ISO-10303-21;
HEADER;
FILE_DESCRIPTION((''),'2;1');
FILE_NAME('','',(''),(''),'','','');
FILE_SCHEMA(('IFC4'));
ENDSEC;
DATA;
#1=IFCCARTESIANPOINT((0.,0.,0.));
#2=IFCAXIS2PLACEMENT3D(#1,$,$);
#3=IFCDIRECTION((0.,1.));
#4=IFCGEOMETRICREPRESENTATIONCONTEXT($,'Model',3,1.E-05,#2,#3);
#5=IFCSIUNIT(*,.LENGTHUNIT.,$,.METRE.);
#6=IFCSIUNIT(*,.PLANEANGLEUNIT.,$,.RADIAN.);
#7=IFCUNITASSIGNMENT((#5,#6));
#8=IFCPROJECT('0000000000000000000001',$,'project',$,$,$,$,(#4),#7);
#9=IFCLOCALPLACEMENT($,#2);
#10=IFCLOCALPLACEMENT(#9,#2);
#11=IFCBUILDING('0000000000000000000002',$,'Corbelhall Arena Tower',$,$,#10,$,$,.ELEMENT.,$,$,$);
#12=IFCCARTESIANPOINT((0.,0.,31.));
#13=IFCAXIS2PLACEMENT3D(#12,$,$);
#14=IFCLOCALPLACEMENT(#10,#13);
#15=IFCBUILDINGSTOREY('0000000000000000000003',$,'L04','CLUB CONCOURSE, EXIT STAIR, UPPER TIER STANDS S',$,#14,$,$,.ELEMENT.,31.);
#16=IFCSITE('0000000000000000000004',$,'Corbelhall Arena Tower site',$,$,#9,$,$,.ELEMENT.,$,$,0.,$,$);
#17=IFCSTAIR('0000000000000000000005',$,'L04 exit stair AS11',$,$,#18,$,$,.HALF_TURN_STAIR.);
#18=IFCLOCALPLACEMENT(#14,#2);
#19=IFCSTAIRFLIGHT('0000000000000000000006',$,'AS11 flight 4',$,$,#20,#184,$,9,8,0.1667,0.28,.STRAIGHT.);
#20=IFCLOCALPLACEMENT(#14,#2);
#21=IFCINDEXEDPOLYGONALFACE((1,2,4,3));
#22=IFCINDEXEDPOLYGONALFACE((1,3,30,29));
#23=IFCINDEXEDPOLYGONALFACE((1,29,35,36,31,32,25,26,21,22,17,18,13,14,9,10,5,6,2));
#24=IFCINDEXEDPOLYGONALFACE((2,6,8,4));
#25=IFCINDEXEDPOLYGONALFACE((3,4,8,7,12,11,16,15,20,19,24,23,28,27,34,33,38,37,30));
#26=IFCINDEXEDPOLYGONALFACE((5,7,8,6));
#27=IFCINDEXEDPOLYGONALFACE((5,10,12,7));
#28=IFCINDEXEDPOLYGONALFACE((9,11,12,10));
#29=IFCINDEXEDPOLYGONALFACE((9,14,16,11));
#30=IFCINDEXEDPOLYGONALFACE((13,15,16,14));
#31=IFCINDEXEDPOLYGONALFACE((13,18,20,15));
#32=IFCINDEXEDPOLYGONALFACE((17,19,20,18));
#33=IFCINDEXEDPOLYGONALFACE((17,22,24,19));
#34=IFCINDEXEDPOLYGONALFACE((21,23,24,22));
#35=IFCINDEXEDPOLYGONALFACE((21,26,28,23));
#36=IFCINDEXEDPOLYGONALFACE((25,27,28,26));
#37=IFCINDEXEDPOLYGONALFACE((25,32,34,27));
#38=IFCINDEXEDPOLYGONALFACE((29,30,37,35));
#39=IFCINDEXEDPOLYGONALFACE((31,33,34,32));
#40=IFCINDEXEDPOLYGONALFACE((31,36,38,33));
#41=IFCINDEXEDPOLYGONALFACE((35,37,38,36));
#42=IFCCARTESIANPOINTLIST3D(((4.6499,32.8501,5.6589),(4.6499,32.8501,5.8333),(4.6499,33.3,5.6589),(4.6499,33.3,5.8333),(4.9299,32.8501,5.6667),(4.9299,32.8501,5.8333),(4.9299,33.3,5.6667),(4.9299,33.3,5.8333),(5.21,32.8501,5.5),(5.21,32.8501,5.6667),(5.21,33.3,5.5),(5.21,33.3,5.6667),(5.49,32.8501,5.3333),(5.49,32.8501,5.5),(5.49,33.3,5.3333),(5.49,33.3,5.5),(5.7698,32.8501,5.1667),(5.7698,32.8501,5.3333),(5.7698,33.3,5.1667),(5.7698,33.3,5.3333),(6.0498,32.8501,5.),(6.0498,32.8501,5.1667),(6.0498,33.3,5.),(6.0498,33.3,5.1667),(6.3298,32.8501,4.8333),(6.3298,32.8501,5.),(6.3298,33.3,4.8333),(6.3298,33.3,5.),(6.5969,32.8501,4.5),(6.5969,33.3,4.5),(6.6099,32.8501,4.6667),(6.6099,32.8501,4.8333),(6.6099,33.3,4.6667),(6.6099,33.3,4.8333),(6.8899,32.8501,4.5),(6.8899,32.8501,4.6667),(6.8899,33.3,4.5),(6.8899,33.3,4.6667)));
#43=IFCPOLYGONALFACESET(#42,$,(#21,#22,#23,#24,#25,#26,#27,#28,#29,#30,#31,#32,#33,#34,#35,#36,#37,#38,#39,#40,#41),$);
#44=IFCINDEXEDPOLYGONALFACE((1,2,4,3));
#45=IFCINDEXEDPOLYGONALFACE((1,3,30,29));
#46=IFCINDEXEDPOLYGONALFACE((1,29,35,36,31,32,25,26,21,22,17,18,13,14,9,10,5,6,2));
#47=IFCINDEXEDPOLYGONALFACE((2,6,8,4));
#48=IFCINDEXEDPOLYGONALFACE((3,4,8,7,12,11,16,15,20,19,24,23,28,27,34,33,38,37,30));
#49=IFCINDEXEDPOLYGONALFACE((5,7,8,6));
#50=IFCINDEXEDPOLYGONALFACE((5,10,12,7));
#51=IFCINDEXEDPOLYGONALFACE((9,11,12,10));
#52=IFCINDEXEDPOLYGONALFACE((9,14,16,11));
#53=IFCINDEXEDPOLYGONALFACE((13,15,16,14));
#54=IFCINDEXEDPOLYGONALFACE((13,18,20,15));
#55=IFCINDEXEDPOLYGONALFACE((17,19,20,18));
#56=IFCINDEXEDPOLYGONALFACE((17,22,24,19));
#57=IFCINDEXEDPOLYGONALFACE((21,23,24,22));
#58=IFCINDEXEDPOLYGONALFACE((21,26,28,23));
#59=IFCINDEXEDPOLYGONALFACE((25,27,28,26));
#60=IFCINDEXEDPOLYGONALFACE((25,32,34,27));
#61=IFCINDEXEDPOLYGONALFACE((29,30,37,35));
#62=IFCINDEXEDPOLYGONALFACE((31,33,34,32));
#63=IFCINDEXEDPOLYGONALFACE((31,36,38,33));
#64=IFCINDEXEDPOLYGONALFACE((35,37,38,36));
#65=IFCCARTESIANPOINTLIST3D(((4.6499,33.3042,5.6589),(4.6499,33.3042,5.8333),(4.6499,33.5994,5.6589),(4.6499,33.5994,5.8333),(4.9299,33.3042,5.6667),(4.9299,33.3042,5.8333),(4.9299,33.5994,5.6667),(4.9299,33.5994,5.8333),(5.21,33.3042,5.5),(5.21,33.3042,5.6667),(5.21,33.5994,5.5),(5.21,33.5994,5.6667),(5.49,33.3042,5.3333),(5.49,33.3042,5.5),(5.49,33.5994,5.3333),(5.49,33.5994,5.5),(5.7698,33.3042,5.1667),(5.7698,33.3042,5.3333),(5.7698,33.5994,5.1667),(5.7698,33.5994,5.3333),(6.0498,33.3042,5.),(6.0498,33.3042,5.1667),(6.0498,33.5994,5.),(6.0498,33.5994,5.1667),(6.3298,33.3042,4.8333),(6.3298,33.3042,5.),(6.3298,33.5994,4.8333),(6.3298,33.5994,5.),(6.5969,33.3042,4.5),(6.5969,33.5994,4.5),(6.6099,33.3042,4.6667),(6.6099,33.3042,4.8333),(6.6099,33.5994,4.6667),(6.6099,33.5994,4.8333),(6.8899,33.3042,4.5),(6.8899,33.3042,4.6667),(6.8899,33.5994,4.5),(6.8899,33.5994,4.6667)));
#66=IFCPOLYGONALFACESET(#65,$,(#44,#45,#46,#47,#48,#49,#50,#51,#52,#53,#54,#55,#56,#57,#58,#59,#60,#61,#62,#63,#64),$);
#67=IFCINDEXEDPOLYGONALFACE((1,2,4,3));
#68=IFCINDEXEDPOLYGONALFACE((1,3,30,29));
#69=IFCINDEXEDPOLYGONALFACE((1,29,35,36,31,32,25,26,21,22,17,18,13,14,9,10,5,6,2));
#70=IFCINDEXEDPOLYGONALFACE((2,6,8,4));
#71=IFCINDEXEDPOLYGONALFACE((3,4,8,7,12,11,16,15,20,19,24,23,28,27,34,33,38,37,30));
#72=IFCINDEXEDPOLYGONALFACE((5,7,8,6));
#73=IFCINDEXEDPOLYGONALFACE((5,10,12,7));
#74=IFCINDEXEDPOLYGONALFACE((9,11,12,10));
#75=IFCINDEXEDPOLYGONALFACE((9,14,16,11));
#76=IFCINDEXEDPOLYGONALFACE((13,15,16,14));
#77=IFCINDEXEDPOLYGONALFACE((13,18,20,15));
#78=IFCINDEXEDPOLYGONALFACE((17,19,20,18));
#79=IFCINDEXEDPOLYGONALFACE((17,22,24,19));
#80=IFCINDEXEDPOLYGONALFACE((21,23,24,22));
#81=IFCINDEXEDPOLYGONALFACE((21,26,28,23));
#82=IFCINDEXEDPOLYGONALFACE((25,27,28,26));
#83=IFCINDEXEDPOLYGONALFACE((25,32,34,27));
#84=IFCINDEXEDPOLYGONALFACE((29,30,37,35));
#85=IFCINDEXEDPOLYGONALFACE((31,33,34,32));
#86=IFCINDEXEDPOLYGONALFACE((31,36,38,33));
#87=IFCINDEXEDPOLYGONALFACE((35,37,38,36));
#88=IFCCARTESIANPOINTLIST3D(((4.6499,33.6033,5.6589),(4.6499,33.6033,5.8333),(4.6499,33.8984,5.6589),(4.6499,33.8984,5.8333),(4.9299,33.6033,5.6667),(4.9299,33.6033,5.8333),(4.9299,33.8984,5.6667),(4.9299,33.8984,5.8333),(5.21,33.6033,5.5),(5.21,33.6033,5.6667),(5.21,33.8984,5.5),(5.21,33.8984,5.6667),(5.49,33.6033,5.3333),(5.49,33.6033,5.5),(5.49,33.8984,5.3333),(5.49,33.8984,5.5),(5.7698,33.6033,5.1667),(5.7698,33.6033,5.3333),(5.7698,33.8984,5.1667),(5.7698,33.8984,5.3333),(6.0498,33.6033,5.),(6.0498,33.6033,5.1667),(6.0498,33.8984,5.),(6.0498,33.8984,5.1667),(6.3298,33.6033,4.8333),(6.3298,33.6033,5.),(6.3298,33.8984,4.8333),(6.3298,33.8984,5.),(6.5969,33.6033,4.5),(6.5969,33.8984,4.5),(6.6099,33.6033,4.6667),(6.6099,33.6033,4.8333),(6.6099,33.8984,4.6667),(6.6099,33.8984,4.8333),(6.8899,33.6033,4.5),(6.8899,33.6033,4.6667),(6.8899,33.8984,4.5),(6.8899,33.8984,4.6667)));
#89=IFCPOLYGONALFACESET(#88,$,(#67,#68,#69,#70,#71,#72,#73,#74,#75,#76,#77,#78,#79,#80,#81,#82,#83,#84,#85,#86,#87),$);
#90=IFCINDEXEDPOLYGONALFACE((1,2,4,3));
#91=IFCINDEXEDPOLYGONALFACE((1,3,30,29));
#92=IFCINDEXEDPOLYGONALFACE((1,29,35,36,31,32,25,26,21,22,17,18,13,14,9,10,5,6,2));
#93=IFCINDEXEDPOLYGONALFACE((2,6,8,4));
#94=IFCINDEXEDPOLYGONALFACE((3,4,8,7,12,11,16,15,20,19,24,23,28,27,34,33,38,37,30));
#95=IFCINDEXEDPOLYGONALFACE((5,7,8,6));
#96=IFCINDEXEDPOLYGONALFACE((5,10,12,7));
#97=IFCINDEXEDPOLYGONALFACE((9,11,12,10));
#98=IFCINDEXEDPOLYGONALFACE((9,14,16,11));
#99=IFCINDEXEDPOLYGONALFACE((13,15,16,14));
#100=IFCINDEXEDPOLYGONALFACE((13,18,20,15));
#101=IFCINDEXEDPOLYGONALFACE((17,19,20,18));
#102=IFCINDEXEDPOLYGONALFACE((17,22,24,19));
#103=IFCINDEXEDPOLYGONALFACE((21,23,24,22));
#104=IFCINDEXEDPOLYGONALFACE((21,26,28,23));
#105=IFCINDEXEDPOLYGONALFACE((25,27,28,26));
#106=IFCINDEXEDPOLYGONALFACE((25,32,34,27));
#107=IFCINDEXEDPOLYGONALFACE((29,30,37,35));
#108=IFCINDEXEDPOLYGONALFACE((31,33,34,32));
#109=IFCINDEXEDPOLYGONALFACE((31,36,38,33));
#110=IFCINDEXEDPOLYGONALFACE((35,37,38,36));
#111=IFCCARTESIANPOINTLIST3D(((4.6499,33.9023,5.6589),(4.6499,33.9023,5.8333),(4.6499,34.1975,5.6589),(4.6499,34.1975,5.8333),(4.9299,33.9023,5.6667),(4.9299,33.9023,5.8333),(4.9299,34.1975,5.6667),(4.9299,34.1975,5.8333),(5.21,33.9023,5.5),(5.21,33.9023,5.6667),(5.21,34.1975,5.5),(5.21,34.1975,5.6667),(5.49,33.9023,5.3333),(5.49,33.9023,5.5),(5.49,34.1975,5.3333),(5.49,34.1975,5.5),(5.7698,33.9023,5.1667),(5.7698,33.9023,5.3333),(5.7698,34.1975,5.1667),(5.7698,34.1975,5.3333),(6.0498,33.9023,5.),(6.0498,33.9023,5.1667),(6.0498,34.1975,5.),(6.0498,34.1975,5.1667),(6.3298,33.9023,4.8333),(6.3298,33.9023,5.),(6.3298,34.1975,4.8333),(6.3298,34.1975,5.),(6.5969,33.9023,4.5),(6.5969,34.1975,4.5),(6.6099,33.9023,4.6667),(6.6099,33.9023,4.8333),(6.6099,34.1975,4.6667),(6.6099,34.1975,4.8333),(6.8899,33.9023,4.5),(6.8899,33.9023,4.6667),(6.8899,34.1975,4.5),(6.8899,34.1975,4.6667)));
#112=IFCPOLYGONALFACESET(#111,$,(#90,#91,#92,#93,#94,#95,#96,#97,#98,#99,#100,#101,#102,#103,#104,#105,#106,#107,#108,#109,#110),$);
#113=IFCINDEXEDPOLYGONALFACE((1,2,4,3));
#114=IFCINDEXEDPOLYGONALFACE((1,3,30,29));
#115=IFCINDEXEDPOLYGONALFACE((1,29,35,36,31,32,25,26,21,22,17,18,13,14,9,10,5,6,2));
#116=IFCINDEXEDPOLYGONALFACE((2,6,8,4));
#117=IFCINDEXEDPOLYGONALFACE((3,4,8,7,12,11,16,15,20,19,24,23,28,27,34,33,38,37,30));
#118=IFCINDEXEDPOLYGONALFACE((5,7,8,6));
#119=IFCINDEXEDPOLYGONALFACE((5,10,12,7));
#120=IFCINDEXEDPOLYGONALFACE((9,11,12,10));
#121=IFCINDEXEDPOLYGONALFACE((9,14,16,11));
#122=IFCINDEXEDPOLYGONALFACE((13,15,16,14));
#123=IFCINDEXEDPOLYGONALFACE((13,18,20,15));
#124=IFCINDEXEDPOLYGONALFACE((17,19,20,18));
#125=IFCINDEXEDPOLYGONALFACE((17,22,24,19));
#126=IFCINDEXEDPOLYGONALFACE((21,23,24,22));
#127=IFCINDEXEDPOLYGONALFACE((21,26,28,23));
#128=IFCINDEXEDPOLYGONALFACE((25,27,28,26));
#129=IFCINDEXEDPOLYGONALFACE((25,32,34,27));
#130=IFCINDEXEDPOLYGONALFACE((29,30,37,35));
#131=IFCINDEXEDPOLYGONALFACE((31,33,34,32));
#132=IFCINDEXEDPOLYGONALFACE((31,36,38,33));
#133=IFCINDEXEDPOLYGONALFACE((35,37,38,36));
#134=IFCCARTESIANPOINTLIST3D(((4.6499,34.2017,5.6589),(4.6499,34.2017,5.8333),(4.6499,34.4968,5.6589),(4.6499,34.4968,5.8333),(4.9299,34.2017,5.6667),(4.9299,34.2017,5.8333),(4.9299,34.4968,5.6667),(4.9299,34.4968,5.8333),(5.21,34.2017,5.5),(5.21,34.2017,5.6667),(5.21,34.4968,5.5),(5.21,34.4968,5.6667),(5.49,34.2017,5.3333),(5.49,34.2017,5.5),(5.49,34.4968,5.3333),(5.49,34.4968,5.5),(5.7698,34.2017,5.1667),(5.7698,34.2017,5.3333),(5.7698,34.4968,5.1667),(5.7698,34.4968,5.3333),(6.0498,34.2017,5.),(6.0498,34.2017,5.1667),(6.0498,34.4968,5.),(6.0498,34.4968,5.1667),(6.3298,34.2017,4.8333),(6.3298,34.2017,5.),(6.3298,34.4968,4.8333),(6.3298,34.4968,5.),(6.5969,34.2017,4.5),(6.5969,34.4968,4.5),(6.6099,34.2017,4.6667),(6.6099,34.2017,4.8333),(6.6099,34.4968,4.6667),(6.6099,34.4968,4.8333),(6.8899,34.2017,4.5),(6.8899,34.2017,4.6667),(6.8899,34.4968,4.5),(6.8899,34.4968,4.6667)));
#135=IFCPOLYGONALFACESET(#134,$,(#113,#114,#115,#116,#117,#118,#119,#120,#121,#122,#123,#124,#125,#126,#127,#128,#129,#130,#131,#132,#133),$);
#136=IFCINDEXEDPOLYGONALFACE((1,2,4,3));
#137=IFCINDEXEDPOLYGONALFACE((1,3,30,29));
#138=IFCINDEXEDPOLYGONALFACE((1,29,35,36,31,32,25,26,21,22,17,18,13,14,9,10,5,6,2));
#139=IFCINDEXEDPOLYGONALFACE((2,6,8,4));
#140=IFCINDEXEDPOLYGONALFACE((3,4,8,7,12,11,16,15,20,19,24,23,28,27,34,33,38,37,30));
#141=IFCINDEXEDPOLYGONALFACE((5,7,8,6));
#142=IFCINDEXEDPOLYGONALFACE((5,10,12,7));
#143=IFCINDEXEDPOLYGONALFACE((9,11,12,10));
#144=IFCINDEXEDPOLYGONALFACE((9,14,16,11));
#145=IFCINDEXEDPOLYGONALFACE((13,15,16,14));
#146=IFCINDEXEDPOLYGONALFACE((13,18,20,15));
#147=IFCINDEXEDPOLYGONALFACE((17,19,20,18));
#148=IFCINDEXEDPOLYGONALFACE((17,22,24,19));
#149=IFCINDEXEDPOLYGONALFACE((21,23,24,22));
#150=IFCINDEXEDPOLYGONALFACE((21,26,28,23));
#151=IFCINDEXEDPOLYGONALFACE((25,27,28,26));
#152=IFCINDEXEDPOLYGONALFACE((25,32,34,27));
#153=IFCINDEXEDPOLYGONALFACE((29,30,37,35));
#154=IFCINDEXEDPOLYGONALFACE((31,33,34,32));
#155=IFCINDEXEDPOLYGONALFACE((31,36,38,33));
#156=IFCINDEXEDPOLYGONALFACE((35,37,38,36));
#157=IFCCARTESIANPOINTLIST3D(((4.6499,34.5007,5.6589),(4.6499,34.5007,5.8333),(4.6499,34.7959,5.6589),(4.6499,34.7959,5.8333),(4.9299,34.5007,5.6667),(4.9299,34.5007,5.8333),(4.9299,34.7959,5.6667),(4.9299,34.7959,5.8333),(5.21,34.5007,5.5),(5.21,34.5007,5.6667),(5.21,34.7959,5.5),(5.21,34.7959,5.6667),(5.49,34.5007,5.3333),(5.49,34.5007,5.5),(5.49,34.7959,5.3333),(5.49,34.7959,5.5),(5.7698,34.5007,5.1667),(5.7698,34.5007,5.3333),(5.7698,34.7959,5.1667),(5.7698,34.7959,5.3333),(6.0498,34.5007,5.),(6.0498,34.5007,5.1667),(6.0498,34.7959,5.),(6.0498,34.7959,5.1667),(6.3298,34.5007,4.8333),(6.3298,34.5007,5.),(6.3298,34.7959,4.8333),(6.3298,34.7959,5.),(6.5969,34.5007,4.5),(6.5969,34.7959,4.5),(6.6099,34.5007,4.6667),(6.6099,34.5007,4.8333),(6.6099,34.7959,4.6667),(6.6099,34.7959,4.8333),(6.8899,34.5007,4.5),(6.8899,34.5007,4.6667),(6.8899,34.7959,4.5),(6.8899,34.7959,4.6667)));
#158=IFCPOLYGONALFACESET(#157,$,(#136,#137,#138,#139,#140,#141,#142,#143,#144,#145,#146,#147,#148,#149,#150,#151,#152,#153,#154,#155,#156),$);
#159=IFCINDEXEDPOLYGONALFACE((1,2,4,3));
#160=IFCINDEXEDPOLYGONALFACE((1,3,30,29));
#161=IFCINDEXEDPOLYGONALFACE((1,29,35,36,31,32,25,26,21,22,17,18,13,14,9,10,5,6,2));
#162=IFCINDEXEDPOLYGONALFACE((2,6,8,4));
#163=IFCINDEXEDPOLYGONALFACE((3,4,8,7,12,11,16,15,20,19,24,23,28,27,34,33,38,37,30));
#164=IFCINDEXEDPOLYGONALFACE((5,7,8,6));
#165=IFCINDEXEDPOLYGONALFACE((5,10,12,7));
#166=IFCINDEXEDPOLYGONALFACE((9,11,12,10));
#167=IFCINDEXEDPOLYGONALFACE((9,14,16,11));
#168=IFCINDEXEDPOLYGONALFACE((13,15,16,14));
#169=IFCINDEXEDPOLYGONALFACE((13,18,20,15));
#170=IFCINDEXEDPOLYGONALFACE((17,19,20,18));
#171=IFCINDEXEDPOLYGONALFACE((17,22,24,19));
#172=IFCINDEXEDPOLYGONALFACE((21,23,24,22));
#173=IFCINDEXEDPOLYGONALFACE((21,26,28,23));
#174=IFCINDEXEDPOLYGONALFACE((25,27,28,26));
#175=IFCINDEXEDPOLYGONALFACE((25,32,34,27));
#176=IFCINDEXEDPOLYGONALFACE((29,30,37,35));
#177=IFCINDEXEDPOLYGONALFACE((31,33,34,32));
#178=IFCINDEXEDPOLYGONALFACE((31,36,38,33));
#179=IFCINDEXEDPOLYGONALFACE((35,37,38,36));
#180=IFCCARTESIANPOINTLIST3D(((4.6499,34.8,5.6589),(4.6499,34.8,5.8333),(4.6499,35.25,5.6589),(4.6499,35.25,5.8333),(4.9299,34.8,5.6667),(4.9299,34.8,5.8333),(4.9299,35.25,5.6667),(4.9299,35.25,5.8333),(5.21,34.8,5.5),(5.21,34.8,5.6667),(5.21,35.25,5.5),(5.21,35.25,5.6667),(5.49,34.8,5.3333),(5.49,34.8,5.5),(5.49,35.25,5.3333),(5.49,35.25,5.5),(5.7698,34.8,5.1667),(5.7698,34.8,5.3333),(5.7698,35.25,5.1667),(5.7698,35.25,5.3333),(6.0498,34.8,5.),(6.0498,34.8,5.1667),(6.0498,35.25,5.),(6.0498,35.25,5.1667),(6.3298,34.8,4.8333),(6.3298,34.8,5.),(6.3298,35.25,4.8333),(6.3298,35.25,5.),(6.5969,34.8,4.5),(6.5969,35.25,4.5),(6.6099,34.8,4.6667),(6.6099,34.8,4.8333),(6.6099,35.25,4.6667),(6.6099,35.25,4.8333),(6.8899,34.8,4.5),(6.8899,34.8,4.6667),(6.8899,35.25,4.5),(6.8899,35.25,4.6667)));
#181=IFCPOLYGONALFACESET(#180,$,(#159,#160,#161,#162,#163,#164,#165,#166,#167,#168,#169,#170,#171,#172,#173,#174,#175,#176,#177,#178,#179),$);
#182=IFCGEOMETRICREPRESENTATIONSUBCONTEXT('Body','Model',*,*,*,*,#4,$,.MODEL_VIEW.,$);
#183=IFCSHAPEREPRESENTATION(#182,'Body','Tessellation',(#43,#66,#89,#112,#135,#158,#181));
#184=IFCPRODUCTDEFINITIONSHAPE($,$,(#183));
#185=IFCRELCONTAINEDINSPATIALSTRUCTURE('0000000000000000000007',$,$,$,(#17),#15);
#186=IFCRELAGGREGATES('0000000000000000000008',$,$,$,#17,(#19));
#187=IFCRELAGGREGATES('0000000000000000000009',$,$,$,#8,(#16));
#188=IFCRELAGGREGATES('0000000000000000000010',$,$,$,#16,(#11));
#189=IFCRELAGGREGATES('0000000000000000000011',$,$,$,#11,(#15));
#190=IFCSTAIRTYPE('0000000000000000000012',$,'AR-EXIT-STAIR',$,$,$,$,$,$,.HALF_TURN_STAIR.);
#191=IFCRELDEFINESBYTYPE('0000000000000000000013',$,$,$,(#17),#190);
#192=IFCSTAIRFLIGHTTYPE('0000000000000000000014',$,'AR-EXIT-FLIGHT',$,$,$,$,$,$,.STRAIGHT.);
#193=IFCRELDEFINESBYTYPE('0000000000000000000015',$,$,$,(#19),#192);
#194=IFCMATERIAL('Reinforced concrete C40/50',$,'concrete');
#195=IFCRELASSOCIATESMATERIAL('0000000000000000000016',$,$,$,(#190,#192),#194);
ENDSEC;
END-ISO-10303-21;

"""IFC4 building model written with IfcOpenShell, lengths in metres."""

from ifc_helpers import new_model, si_unit, direction, frame, origin, place, context, subcontext, project, spatial, polyline, outline, extrude, material, type_object, element, aggregate, save


model = new_model("IFC4")

# Units and contexts
model_context = context("Model", 3, precision=1e-05, world=origin(), true_north=direction((0.0, 1.0)))
body_context = subcontext(model_context, "Body", "Model", "MODEL_VIEW")
ifc_project = project(units=[si_unit("LENGTHUNIT", "METRE"), si_unit("PLANEANGLEUNIT", "RADIAN")], contexts=[model_context])

# Site, building, storey
site_placement = place(None, origin())
site = spatial("IfcSite", under=ifc_project, at=site_placement, Name="Corbelhall Arena Tower site", CompositionType="ELEMENT", RefElevation=0.0)
building_placement = place(site_placement, origin())
building = spatial("IfcBuilding", under=site, at=building_placement, Name="Corbelhall Arena Tower", CompositionType="ELEMENT")
storey_placement = place(building_placement, frame((0.0, 0.0, 31.0)))
storey = spatial("IfcBuildingStorey", under=building, at=storey_placement, Name="L04", Description="CLUB CONCOURSE, EXIT STAIR, UPPER TIER STANDS S", CompositionType="ELEMENT", Elevation=31.0)

# Shared definitions
ifc_material_1 = material(Name="Reinforced concrete C40/50", Category="concrete")

# Stair, stair flight
stair_type = type_object("IfcStairType", Name="AR-EXIT-STAIR", PredefinedType="HALF_TURN_STAIR", material=ifc_material_1)
stair_1_placement = place(storey_placement, origin())
stair_1 = element("IfcStair", 1, at=stair_1_placement, inside=storey, type_object=stair_type, Name="L04 exit stair AS11", PredefinedType="HALF_TURN_STAIR")
stair_flight_type = type_object("IfcStairFlightType", Name="AR-EXIT-FLIGHT", PredefinedType="STRAIGHT", material=ifc_material_1)
stair_flight_1_placement = place(storey_placement, frame((6.8899, 34.05, 4.5), z_axis=(0.0, 0.0, 1.0), x_axis=(-1.0, 0.0, 0.0)))
stair_flight_1 = element("IfcStairFlight", 2, at=stair_flight_1_placement, type_object=stair_flight_type, Name="AS11 flight 4", NumberOfRisers=9, NumberOfTreads=8, PredefinedType="STRAIGHT", RiserHeight=0.1667, TreadLength=0.28, context=body_context, shape_type="SweptSolid", body=[
    extrude(outline(polyline([(0.0, 0.0), (0.0, 0.1667), (0.28, 0.1667), (0.28, 0.3333), (0.5601, 0.3333), (0.5601, 0.5), (0.8401, 0.5), (0.8401, 0.6667), (1.1201, 0.6667), (1.1201, 0.8333), (1.3999, 0.8333), (1.3999, 1.0), (1.6799, 1.0), (1.6799, 1.1667), (1.96, 1.1667), (1.96, 1.3333), (2.24, 1.3333), (2.24, 1.5), (2.24, 1.1589), (0.293, 0.0), (0.0, 0.0)])), frame((0.0, 1.2, 0.0), z_axis=(0.0, -1.0, 0.0), x_axis=(1.0, 0.0, 0.0)), (0.0, 0.0, 1.0), 0.45),
    extrude(outline(polyline([(0.0, 0.0), (0.0, 0.1667), (0.28, 0.1667), (0.28, 0.3333), (0.5601, 0.3333), (0.5601, 0.5), (0.8401, 0.5), (0.8401, 0.6667), (1.1201, 0.6667), (1.1201, 0.8333), (1.3999, 0.8333), (1.3999, 1.0), (1.6799, 1.0), (1.6799, 1.1667), (1.96, 1.1667), (1.96, 1.3333), (2.24, 1.3333), (2.24, 1.5), (2.24, 1.1589), (0.293, 0.0), (0.0, 0.0)])), frame((0.0, 0.7458, 0.0), z_axis=(0.0, -1.0, 0.0), x_axis=(1.0, 0.0, 0.0)), (0.0, 0.0, 1.0), 0.2952),
    extrude(outline(polyline([(0.0, 0.0), (0.0, 0.1667), (0.28, 0.1667), (0.28, 0.3333), (0.5601, 0.3333), (0.5601, 0.5), (0.8401, 0.5), (0.8401, 0.6667), (1.1201, 0.6667), (1.1201, 0.8333), (1.3999, 0.8333), (1.3999, 1.0), (1.6799, 1.0), (1.6799, 1.1667), (1.96, 1.1667), (1.96, 1.3333), (2.24, 1.3333), (2.24, 1.5), (2.24, 1.1589), (0.293, 0.0), (0.0, 0.0)])), frame((0.0, 0.4468, 0.0), z_axis=(0.0, -1.0, 0.0), x_axis=(1.0, 0.0, 0.0)), (0.0, 0.0, 1.0), 0.2952),
    extrude(outline(polyline([(0.0, 0.0), (0.0, 0.1667), (0.28, 0.1667), (0.28, 0.3333), (0.5601, 0.3333), (0.5601, 0.5), (0.8401, 0.5), (0.8401, 0.6667), (1.1201, 0.6667), (1.1201, 0.8333), (1.3999, 0.8333), (1.3999, 1.0), (1.6799, 1.0), (1.6799, 1.1667), (1.96, 1.1667), (1.96, 1.3333), (2.24, 1.3333), (2.24, 1.5), (2.24, 1.1589), (0.293, 0.0), (0.0, 0.0)])), frame((0.0, 0.1477, 0.0), z_axis=(0.0, -1.0, 0.0), x_axis=(1.0, 0.0, 0.0)), (0.0, 0.0, 1.0), 0.2952),
    extrude(outline(polyline([(0.0, 0.0), (0.0, 0.1667), (0.28, 0.1667), (0.28, 0.3333), (0.5601, 0.3333), (0.5601, 0.5), (0.8401, 0.5), (0.8401, 0.6667), (1.1201, 0.6667), (1.1201, 0.8333), (1.3999, 0.8333), (1.3999, 1.0), (1.6799, 1.0), (1.6799, 1.1667), (1.96, 1.1667), (1.96, 1.3333), (2.24, 1.3333), (2.24, 1.5), (2.24, 1.1589), (0.293, 0.0), (0.0, 0.0)])), frame((0.0, -0.1516, 0.0), z_axis=(0.0, -1.0, 0.0), x_axis=(1.0, 0.0, 0.0)), (0.0, 0.0, 1.0), 0.2952),
    extrude(outline(polyline([(0.0, 0.0), (0.0, 0.1667), (0.28, 0.1667), (0.28, 0.3333), (0.5601, 0.3333), (0.5601, 0.5), (0.8401, 0.5), (0.8401, 0.6667), (1.1201, 0.6667), (1.1201, 0.8333), (1.3999, 0.8333), (1.3999, 1.0), (1.6799, 1.0), (1.6799, 1.1667), (1.96, 1.1667), (1.96, 1.3333), (2.24, 1.3333), (2.24, 1.5), (2.24, 1.1589), (0.293, 0.0), (0.0, 0.0)])), frame((0.0, -0.4507, 0.0), z_axis=(0.0, -1.0, 0.0), x_axis=(1.0, 0.0, 0.0)), (0.0, 0.0, 1.0), 0.2952),
    extrude(outline(polyline([(0.0, 0.0), (0.0, 0.1667), (0.28, 0.1667), (0.28, 0.3333), (0.5601, 0.3333), (0.5601, 0.5), (0.8401, 0.5), (0.8401, 0.6667), (1.1201, 0.6667), (1.1201, 0.8333), (1.3999, 0.8333), (1.3999, 1.0), (1.6799, 1.0), (1.6799, 1.1667), (1.96, 1.1667), (1.96, 1.3333), (2.24, 1.3333), (2.24, 1.5), (2.24, 1.1589), (0.293, 0.0), (0.0, 0.0)])), frame((0.0, -0.75, 0.0), z_axis=(0.0, -1.0, 0.0), x_axis=(1.0, 0.0, 0.0)), (0.0, 0.0, 1.0), 0.45),
])
aggregate(stair_1, [stair_flight_1])

save(model, "model.ifc")
